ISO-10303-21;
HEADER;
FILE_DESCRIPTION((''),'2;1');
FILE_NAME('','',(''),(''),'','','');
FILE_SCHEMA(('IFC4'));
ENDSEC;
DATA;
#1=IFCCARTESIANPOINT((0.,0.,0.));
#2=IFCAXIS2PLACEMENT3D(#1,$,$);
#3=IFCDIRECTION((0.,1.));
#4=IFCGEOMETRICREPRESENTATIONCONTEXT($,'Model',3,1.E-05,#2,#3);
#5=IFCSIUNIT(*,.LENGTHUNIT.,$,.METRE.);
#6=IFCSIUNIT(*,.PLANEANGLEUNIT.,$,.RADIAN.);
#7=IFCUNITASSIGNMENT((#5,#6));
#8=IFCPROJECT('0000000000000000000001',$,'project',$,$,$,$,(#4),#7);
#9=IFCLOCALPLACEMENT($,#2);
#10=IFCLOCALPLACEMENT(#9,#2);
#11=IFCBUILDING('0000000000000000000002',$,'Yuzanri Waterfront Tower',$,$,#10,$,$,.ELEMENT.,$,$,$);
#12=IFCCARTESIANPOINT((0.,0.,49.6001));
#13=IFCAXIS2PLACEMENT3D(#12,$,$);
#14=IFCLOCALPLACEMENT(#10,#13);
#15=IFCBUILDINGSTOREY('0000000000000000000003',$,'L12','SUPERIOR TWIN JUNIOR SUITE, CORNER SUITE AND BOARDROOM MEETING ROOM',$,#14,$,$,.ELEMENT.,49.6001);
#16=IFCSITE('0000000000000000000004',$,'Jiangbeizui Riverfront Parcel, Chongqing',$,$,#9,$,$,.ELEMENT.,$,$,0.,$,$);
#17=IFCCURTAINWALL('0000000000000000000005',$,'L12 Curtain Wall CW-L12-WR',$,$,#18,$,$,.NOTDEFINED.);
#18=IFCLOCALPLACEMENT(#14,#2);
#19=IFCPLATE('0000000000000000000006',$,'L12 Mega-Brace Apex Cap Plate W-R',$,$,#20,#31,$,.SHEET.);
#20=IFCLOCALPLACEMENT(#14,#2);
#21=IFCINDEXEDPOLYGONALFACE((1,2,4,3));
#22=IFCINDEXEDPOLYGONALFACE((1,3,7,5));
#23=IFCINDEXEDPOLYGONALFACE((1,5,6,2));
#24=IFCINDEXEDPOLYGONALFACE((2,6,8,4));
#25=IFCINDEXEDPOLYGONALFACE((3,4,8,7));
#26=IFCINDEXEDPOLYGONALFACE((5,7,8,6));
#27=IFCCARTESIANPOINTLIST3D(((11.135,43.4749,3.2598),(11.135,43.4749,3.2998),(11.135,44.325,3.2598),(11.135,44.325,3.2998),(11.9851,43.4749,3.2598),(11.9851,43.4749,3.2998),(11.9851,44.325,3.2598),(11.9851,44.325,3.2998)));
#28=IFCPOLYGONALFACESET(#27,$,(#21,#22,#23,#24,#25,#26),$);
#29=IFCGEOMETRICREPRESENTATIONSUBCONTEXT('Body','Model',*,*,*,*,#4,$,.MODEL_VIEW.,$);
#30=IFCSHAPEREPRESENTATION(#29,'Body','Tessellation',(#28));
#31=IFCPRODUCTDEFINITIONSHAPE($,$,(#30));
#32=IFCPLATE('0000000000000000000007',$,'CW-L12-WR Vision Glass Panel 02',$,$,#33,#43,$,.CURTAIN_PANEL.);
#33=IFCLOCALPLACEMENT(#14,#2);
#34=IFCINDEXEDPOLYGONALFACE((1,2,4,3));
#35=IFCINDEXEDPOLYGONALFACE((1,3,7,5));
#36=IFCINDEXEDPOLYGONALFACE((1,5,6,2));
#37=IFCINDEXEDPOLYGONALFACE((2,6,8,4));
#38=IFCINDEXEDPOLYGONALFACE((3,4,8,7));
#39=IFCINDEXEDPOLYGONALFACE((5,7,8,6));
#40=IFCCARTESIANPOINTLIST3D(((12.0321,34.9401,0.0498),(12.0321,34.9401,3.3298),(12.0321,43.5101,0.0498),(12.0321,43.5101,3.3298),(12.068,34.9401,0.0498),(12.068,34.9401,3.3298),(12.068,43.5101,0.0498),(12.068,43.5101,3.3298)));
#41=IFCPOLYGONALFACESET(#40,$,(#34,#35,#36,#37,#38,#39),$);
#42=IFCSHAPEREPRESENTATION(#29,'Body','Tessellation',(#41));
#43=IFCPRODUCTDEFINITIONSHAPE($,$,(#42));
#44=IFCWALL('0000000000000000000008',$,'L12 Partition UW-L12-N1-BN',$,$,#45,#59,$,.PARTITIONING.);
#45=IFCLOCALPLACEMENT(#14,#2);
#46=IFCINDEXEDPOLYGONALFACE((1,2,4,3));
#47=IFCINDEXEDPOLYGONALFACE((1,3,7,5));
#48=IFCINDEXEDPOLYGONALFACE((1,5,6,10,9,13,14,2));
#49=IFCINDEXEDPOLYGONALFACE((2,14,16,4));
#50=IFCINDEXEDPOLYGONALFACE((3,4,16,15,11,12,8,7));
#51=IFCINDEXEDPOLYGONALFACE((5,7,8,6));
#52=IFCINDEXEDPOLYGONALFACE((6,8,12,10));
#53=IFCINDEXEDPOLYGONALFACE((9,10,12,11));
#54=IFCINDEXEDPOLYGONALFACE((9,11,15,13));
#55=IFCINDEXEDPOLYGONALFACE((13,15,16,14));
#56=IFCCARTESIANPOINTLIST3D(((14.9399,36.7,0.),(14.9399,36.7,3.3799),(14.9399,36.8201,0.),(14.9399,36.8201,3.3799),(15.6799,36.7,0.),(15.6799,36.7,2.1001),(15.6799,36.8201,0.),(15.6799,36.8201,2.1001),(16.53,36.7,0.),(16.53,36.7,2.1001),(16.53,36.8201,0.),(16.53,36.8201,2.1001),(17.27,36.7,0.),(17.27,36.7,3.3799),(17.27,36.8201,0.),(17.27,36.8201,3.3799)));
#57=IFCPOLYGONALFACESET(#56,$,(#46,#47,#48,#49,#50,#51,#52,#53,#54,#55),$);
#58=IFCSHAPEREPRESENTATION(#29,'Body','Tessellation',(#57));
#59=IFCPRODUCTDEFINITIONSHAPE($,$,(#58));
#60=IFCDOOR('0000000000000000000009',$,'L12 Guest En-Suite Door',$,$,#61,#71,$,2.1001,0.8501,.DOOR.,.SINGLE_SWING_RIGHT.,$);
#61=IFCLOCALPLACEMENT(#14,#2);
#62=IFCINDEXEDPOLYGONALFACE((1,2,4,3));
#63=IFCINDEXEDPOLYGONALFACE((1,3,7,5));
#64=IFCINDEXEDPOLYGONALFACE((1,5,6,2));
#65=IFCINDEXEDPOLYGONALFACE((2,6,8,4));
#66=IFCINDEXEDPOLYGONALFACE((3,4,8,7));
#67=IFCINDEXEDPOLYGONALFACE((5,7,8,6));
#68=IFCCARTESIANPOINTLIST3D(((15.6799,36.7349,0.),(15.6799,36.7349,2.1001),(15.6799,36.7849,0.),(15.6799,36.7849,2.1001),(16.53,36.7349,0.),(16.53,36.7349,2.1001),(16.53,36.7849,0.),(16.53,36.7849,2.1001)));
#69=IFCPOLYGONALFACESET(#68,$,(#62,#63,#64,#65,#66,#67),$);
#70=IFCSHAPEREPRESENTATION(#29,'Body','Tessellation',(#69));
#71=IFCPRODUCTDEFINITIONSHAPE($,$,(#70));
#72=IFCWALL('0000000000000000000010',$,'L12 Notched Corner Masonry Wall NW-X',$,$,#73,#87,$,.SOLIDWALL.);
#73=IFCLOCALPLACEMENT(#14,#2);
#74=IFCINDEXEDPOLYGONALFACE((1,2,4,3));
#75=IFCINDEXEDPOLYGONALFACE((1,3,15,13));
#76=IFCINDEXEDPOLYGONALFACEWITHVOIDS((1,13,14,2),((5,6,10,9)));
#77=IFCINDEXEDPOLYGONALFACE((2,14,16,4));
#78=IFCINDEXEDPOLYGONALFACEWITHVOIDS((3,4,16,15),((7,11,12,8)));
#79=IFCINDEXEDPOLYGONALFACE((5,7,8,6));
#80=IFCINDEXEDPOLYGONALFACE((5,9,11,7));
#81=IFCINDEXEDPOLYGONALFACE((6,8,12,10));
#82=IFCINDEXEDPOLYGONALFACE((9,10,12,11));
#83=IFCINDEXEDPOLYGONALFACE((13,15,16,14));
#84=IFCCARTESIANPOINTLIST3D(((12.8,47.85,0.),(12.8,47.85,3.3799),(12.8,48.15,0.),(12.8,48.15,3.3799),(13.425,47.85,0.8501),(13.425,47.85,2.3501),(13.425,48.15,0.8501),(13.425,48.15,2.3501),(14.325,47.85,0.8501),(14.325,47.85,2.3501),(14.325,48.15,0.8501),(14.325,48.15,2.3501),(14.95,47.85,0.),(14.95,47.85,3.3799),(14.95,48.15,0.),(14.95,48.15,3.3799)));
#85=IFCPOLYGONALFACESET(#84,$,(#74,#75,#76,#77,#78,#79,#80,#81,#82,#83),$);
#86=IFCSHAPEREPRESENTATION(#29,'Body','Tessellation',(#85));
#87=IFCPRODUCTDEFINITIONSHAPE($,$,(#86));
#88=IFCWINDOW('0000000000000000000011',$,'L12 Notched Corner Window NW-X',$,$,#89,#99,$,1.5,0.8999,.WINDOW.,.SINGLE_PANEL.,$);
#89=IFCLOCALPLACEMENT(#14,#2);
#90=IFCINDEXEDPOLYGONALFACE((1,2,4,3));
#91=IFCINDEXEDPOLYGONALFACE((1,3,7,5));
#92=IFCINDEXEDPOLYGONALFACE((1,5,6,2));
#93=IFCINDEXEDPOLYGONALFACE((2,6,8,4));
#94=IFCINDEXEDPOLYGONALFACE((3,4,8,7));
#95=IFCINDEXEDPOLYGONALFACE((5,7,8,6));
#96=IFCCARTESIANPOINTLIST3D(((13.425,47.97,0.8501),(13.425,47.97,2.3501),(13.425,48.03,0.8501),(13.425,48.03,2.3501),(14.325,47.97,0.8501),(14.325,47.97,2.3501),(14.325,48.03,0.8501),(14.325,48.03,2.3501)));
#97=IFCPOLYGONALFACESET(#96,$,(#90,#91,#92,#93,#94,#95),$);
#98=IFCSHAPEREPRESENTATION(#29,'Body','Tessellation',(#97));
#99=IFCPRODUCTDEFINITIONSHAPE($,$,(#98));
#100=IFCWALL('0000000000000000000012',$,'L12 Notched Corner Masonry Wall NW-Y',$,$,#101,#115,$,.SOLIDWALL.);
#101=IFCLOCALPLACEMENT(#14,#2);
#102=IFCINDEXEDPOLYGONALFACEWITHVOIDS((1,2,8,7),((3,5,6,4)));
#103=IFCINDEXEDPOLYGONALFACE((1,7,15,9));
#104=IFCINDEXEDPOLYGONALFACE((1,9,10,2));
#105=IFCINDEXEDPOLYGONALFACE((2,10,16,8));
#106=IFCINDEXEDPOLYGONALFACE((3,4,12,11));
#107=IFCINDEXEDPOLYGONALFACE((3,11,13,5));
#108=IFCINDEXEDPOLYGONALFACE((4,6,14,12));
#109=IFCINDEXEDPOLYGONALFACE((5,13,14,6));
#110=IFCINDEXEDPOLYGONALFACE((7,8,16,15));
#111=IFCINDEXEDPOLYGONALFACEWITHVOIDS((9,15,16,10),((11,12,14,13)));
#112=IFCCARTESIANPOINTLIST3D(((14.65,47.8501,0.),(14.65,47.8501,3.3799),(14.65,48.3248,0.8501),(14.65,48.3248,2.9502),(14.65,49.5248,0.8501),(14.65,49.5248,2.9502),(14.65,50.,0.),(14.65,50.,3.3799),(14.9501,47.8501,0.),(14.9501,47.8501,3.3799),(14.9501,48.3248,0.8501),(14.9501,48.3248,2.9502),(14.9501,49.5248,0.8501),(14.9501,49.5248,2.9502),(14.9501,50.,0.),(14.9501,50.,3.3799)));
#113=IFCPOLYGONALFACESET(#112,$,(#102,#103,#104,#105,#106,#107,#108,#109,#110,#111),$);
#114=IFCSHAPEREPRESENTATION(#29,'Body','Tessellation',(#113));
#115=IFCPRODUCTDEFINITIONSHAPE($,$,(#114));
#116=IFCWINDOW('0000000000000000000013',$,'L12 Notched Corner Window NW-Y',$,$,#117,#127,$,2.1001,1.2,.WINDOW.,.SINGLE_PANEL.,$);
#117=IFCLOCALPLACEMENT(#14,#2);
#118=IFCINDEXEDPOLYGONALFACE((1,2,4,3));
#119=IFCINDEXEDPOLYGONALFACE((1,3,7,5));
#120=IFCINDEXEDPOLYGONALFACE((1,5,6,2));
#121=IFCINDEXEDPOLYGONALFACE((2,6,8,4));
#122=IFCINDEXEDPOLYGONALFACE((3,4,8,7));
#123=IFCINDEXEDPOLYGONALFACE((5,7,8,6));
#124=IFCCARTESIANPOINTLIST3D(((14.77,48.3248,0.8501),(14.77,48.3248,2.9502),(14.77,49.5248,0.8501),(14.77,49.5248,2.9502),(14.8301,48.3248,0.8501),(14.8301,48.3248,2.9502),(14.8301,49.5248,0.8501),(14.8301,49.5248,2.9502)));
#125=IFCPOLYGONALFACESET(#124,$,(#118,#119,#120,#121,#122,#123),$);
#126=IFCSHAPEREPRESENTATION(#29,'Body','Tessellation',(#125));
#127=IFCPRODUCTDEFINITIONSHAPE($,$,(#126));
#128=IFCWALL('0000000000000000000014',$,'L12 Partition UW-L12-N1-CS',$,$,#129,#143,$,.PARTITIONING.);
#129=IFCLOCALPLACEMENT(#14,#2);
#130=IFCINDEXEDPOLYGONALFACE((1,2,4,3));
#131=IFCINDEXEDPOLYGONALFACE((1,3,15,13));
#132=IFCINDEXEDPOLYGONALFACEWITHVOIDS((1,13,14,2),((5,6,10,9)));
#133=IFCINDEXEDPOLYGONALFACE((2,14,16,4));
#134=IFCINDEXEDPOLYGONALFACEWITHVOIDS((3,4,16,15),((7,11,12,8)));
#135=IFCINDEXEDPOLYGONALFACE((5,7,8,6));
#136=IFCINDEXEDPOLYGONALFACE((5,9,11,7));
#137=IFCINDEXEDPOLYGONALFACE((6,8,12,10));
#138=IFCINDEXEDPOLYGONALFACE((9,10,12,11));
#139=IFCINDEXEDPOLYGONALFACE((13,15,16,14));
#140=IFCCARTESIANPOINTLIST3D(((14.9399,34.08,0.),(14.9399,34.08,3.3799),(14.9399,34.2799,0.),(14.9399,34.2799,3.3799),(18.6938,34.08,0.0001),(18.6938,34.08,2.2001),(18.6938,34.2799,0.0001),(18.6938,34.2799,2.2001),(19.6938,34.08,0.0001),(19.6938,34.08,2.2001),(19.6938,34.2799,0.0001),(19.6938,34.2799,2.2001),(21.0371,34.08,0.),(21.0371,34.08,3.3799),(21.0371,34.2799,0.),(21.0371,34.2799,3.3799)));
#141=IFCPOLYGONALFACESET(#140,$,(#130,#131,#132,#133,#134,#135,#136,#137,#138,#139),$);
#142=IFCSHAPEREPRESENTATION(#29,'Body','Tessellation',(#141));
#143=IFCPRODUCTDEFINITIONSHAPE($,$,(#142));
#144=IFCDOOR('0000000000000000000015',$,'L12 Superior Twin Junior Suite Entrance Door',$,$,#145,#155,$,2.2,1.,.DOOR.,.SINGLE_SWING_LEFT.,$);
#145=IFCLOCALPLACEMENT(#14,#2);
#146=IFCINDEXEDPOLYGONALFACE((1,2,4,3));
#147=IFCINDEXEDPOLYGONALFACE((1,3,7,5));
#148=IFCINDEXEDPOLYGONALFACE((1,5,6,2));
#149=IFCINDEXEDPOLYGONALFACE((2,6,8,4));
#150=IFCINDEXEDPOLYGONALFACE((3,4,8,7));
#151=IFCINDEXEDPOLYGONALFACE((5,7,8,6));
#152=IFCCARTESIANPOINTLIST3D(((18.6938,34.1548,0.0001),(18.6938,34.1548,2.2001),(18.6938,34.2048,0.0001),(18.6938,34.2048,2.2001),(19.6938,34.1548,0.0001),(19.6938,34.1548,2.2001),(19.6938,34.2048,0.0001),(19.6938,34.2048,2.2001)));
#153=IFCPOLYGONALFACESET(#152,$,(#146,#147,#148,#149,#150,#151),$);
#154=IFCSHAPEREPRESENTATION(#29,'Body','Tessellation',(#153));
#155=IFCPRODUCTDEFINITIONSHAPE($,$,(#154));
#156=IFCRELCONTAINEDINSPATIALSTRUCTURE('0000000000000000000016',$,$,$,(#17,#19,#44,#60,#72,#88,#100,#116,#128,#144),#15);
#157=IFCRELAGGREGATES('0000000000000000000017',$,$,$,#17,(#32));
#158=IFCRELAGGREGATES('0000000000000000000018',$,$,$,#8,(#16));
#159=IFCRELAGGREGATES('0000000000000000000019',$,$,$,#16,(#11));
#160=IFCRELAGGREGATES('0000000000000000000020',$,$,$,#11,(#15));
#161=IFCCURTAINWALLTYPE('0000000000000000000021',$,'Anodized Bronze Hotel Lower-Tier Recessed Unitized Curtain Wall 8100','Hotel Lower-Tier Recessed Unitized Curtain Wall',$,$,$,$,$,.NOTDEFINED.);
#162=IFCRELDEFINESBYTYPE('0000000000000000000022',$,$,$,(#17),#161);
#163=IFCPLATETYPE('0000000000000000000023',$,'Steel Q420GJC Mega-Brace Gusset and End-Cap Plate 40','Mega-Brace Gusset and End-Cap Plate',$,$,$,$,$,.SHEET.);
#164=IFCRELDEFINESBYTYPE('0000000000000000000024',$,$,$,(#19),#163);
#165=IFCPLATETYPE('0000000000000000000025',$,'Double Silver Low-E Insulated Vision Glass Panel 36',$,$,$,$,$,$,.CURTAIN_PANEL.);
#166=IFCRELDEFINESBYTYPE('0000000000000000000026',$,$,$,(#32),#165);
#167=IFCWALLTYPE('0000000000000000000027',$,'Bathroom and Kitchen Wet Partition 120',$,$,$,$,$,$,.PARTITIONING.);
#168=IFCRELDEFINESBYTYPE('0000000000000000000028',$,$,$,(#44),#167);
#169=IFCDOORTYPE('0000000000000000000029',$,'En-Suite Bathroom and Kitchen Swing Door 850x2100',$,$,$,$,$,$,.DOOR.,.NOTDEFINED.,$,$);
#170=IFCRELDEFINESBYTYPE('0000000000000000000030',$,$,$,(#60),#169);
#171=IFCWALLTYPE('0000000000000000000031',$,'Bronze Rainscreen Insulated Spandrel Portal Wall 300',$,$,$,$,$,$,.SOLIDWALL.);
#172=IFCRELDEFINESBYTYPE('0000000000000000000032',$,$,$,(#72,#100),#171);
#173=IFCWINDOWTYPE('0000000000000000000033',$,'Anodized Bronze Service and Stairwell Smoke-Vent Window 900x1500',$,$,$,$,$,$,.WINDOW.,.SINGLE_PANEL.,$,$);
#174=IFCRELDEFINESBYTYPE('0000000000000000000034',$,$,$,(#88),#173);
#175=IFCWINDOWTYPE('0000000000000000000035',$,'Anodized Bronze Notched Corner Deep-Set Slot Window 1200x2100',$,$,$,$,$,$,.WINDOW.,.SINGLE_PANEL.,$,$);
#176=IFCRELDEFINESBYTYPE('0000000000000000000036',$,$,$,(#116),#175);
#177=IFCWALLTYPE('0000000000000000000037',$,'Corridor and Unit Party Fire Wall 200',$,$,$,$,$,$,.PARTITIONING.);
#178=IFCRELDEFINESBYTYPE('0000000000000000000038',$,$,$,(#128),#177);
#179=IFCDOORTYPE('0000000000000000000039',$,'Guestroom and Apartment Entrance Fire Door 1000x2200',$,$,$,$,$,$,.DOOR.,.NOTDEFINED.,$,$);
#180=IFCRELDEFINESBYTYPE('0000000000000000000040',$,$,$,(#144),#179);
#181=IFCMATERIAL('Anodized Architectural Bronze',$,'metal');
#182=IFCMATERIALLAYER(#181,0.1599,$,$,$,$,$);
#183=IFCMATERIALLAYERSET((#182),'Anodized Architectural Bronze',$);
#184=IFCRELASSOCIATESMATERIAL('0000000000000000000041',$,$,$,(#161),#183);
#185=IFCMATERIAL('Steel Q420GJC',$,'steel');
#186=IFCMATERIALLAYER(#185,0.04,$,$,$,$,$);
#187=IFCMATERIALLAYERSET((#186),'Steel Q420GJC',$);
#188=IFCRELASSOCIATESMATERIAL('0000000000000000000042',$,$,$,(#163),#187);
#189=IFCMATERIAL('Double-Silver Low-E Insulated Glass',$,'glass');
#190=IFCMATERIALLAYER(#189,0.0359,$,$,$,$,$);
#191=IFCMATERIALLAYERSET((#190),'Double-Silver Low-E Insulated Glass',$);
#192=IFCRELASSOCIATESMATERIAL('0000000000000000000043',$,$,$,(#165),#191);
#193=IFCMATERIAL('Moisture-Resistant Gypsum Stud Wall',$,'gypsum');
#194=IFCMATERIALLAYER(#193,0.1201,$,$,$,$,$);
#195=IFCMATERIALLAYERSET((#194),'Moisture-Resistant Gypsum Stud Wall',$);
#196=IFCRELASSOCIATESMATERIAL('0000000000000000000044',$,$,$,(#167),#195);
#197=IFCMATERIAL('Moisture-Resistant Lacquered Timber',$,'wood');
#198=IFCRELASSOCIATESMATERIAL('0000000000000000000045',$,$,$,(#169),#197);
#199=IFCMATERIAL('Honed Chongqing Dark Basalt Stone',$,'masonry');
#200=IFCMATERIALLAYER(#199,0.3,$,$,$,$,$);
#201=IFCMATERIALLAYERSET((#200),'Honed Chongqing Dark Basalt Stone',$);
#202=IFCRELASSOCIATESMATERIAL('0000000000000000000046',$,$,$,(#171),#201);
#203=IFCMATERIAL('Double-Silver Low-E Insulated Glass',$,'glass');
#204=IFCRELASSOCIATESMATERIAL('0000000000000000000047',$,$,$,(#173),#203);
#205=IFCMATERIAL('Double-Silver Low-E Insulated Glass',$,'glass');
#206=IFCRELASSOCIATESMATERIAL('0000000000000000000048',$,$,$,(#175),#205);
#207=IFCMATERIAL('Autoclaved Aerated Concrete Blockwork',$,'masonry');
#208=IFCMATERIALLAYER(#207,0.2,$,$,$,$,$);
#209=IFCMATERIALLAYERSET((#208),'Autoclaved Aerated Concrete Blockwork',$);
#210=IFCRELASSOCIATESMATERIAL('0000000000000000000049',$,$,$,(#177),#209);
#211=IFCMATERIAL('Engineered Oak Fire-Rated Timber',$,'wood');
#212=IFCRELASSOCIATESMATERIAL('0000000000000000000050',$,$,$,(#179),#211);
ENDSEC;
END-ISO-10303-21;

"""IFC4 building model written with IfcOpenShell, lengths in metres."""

from ifc_helpers import new_model, si_unit, direction, frame, frame_2d, origin, origin_2d, place, context, subcontext, project, spatial, rectangle, extrude, source, transform, mapped, material, layer, layer_set, type_object, element, fill, aggregate, save


model = new_model("IFC4")

# Units and contexts
model_context = context("Model", 3, precision=1e-05, world=origin(), true_north=direction((0.0, 1.0)))
body_context = subcontext(model_context, "Body", "Model", "MODEL_VIEW")
ifc_project = project(units=[si_unit("LENGTHUNIT", "METRE"), si_unit("PLANEANGLEUNIT", "RADIAN")], contexts=[model_context])

# Site, building, storey
site_placement = place(None, origin())
site = spatial("IfcSite", under=ifc_project, at=site_placement, Name="Jiangbeizui Riverfront Parcel, Chongqing", CompositionType="ELEMENT", RefElevation=0.0)
building_placement = place(site_placement, origin())
building = spatial("IfcBuilding", under=site, at=building_placement, Name="Yuzanri Waterfront Tower", CompositionType="ELEMENT")
storey_placement = place(building_placement, frame((0.0, 0.0, 49.6001)))
storey = spatial("IfcBuildingStorey", under=building, at=storey_placement, Name="L12", Description="SUPERIOR TWIN JUNIOR SUITE, CORNER SUITE AND BOARDROOM MEETING ROOM", CompositionType="ELEMENT", Elevation=49.6001)

# Curtain wall
ifc_material_1 = material(Name="Anodized Architectural Bronze", Category="metal")
ifc_layer_1 = layer(ifc_material_1, 0.1599)
ifc_layer_set_1 = layer_set([ifc_layer_1], Name="Anodized Architectural Bronze")
curtain_wall_type = type_object("IfcCurtainWallType", Name="Anodized Bronze Hotel Lower-Tier Recessed Unitized Curtain Wall 8100", Description="Hotel Lower-Tier Recessed Unitized Curtain Wall", PredefinedType="NOTDEFINED", material=ifc_layer_set_1)
curtain_wall_1_placement = place(storey_placement, origin())
curtain_wall_1 = element("IfcCurtainWall", 1, at=curtain_wall_1_placement, inside=storey, type_object=curtain_wall_type, Name="L12 Curtain Wall CW-L12-WR", PredefinedType="NOTDEFINED")

# Plate
ifc_material_2 = material(Name="Steel Q420GJC", Category="steel")
ifc_layer_2 = layer(ifc_material_2, 0.04)
ifc_layer_set_2 = layer_set([ifc_layer_2], Name="Steel Q420GJC")
plate_type_1 = type_object("IfcPlateType", Name="Steel Q420GJC Mega-Brace Gusset and End-Cap Plate 40", Description="Mega-Brace Gusset and End-Cap Plate", PredefinedType="SHEET", material=ifc_layer_set_2)
shared_shape_1 = source(origin(), body_context, "Body", "SweptSolid", [
    extrude(rectangle(XDim=0.8501, YDim=0.8501, at=origin_2d()), origin(), (0.0, 0.0, 1.0), 0.04),
])
for number, where, z_axis, x_axis, name in (
    (2, (11.5601, 43.8999, 3.2598), (0.0, 0.0, 1.0), (1.0, 0.0, 0.0), "L12 Mega-Brace Apex Cap Plate W-R"),
):
    element("IfcPlate", number, at=place(storey_placement, frame(where, z_axis=z_axis, x_axis=x_axis)), inside=storey, type_object=plate_type_1, Name=name, PredefinedType="SHEET", context=body_context, shape_type="MappedRepresentation", body=[
        mapped(shared_shape_1, transform((0.0, 0.0, 0.0), scale=1.0)),
    ])

# Plate
ifc_material_3 = material(Name="Double-Silver Low-E Insulated Glass", Category="glass")
ifc_layer_3 = layer(ifc_material_3, 0.0359)
ifc_layer_set_3 = layer_set([ifc_layer_3], Name="Double-Silver Low-E Insulated Glass")
plate_type_2 = type_object("IfcPlateType", Name="Double Silver Low-E Insulated Vision Glass Panel 36", PredefinedType="CURTAIN_PANEL", material=ifc_layer_set_3)
shared_shape_2 = source(origin(), body_context, "Body", "SweptSolid", [
    extrude(rectangle(XDim=8.5701, YDim=0.0359, at=origin_2d()), origin(), (0.0, 0.0, 1.0), 3.28),
])
plate_placement = place(storey_placement, frame((12.05, 39.2251, 0.0498), z_axis=(0.0, 0.0, 1.0), x_axis=(0.0, 1.0, 0.0)))
plate = element("IfcPlate", 3, at=plate_placement, type_object=plate_type_2, Name="CW-L12-WR Vision Glass Panel 02", PredefinedType="CURTAIN_PANEL", context=body_context, shape_type="MappedRepresentation", body=[
    mapped(shared_shape_2, transform((0.0, 0.0, 0.0), scale=1.0)),
])
aggregate(curtain_wall_1, [plate])

# Wall, opening, door
ifc_material_4 = material(Name="Moisture-Resistant Gypsum Stud Wall", Category="gypsum")
ifc_layer_4 = layer(ifc_material_4, 0.1201)
ifc_layer_set_4 = layer_set([ifc_layer_4], Name="Moisture-Resistant Gypsum Stud Wall")
wall_type_1 = type_object("IfcWallType", Name="Bathroom and Kitchen Wet Partition 120", PredefinedType="PARTITIONING", material=ifc_layer_set_4)
wall_1_placement = place(storey_placement, frame((14.9399, 36.76, 0.0), z_axis=(0.0, 0.0, 1.0), x_axis=(1.0, 0.0, 0.0)))
wall_1 = element("IfcWall", 4, at=wall_1_placement, inside=storey, type_object=wall_type_1, Name="L12 Partition UW-L12-N1-BN", PredefinedType="PARTITIONING", context=body_context, shape_type="SweptSolid", body=[
    extrude(rectangle(XDim=2.3301, YDim=0.1201, at=frame_2d((1.165, 0.0))), origin(), (0.0, 0.0, 1.0), 3.3799),
])
opening_1_placement = place(wall_1_placement, frame((0.74, 0.0, 0.0)))
opening_1 = element("IfcOpeningElement", 5, at=opening_1_placement, cuts=wall_1, PredefinedType="OPENING", context=body_context, shape_type="SweptSolid", body=[
    extrude(rectangle(XDim=0.8501, YDim=2.1001, at=frame_2d((0.425, 1.05))), frame((0.0, 0.075, 0.0), z_axis=(0.0, -1.0, 0.0), x_axis=(1.0, 0.0, 0.0)), (0.0, 0.0, 1.0), 0.1499),
])
ifc_material_5 = material(Name="Moisture-Resistant Lacquered Timber", Category="wood")
door_type_1 = type_object("IfcDoorType", Name="En-Suite Bathroom and Kitchen Swing Door 850x2100", OperationType="NOTDEFINED", PredefinedType="DOOR", material=ifc_material_5)
shared_shape_3 = source(origin(), body_context, "Body", "SweptSolid", [
    extrude(rectangle(XDim=0.8501, YDim=2.1001, at=frame_2d((0.425, 1.05))), frame((0.0, 0.0249, 0.0), z_axis=(0.0, -1.0, 0.0), x_axis=(1.0, 0.0, 0.0)), (0.0, 0.0, 1.0), 0.05),
])
door_1_placement = place(opening_1_placement, origin())
door_1 = element("IfcDoor", 6, at=door_1_placement, inside=storey, type_object=door_type_1, Name="L12 Guest En-Suite Door", OperationType="SINGLE_SWING_RIGHT", OverallHeight=2.1001, OverallWidth=0.8501, PredefinedType="DOOR", context=body_context, shape_type="MappedRepresentation", body=[
    mapped(shared_shape_3, transform((0.0, 0.0, 0.0), scale=1.0)),
])
fill(opening_1, door_1)

# Walls, openings, windows
ifc_material_6 = material(Name="Honed Chongqing Dark Basalt Stone", Category="masonry")
ifc_layer_5 = layer(ifc_material_6, 0.3)
ifc_layer_set_5 = layer_set([ifc_layer_5], Name="Honed Chongqing Dark Basalt Stone")
wall_type_2 = type_object("IfcWallType", Name="Bronze Rainscreen Insulated Spandrel Portal Wall 300", PredefinedType="SOLIDWALL", material=ifc_layer_set_5)
wall_2_placement = place(storey_placement, frame((14.95, 48.0, 0.0), z_axis=(0.0, 0.0, 1.0), x_axis=(-1.0, 0.0, 0.0)))
wall_2 = element("IfcWall", 7, at=wall_2_placement, inside=storey, type_object=wall_type_2, Name="L12 Notched Corner Masonry Wall NW-X", PredefinedType="SOLIDWALL", context=body_context, shape_type="SweptSolid", body=[
    extrude(rectangle(XDim=2.1499, YDim=0.3, at=frame_2d((1.075, 0.0))), origin(), (0.0, 0.0, 1.0), 3.3799),
])
opening_2_placement = place(wall_2_placement, frame((0.625, 0.0, 0.8501)))
opening_2 = element("IfcOpeningElement", 8, at=opening_2_placement, cuts=wall_2, PredefinedType="OPENING", context=body_context, shape_type="SweptSolid", body=[
    extrude(rectangle(XDim=0.8999, YDim=1.5, at=frame_2d((0.45, 0.75))), frame((0.0, 0.165, 0.0), z_axis=(0.0, -1.0, 0.0), x_axis=(1.0, 0.0, 0.0)), (0.0, 0.0, 1.0), 0.3298),
])
ifc_material_7 = material(Name="Double-Silver Low-E Insulated Glass", Category="glass")
window_type_1 = type_object("IfcWindowType", Name="Anodized Bronze Service and Stairwell Smoke-Vent Window 900x1500", PartitioningType="SINGLE_PANEL", PredefinedType="WINDOW", material=ifc_material_7)
shared_shape_4 = source(origin(), body_context, "Body", "SweptSolid", [
    extrude(rectangle(XDim=0.8999, YDim=1.5, at=frame_2d((0.45, 0.75))), frame((0.0, 0.03, 0.0), z_axis=(0.0, -1.0, 0.0), x_axis=(1.0, 0.0, 0.0)), (0.0, 0.0, 1.0), 0.0601),
])
window_1_placement = place(opening_2_placement, origin())
window_1 = element("IfcWindow", 9, at=window_1_placement, inside=storey, type_object=window_type_1, Name="L12 Notched Corner Window NW-X", OverallHeight=1.5, OverallWidth=0.8999, PartitioningType="SINGLE_PANEL", PredefinedType="WINDOW", context=body_context, shape_type="MappedRepresentation", body=[
    mapped(shared_shape_4, transform((0.0, 0.0, 0.0), scale=1.0)),
])
fill(opening_2, window_1)
wall_3_placement = place(storey_placement, frame((14.8, 50.0, 0.0), z_axis=(0.0, 0.0, 1.0), x_axis=(0.0, -1.0, 0.0)))
wall_3 = element("IfcWall", 10, at=wall_3_placement, inside=storey, type_object=wall_type_2, Name="L12 Notched Corner Masonry Wall NW-Y", PredefinedType="SOLIDWALL", context=body_context, shape_type="SweptSolid", body=[
    extrude(rectangle(XDim=2.1499, YDim=0.3, at=frame_2d((1.075, 0.0))), origin(), (0.0, 0.0, 1.0), 3.3799),
])
opening_3_placement = place(wall_3_placement, frame((0.4751, 0.0, 0.8501)))
opening_3 = element("IfcOpeningElement", 11, at=opening_3_placement, cuts=wall_3, PredefinedType="OPENING", context=body_context, shape_type="SweptSolid", body=[
    extrude(rectangle(XDim=1.2, YDim=2.1001, at=frame_2d((0.6001, 1.05))), frame((0.0, 0.165, 0.0), z_axis=(0.0, -1.0, 0.0), x_axis=(1.0, 0.0, 0.0)), (0.0, 0.0, 1.0), 0.3298),
])
ifc_material_8 = material(Name="Double-Silver Low-E Insulated Glass", Category="glass")
window_type_2 = type_object("IfcWindowType", Name="Anodized Bronze Notched Corner Deep-Set Slot Window 1200x2100", PartitioningType="SINGLE_PANEL", PredefinedType="WINDOW", material=ifc_material_8)
shared_shape_5 = source(origin(), body_context, "Body", "SweptSolid", [
    extrude(rectangle(XDim=1.2, YDim=2.1001, at=frame_2d((0.6001, 1.05))), frame((0.0, 0.03, 0.0), z_axis=(0.0, -1.0, 0.0), x_axis=(1.0, 0.0, 0.0)), (0.0, 0.0, 1.0), 0.0601),
])
window_2_placement = place(opening_3_placement, origin())
window_2 = element("IfcWindow", 12, at=window_2_placement, inside=storey, type_object=window_type_2, Name="L12 Notched Corner Window NW-Y", OverallHeight=2.1001, OverallWidth=1.2, PartitioningType="SINGLE_PANEL", PredefinedType="WINDOW", context=body_context, shape_type="MappedRepresentation", body=[
    mapped(shared_shape_5, transform((0.0, 0.0, 0.0), scale=1.0)),
])
fill(opening_3, window_2)

# Wall, opening, door
ifc_material_9 = material(Name="Autoclaved Aerated Concrete Blockwork", Category="masonry")
ifc_layer_6 = layer(ifc_material_9, 0.2)
ifc_layer_set_6 = layer_set([ifc_layer_6], Name="Autoclaved Aerated Concrete Blockwork")
wall_type_3 = type_object("IfcWallType", Name="Corridor and Unit Party Fire Wall 200", PredefinedType="PARTITIONING", material=ifc_layer_set_6)
wall_4_placement = place(storey_placement, frame((14.9399, 34.1799, 0.0), z_axis=(0.0, 0.0, 1.0), x_axis=(1.0, 0.0, 0.0)))
wall_4 = element("IfcWall", 13, at=wall_4_placement, inside=storey, type_object=wall_type_3, Name="L12 Partition UW-L12-N1-CS", PredefinedType="PARTITIONING", context=body_context, shape_type="SweptSolid", body=[
    extrude(rectangle(XDim=6.0972, YDim=0.2, at=frame_2d((3.0486, 0.0))), origin(), (0.0, 0.0, 1.0), 3.3799),
])
opening_4_placement = place(wall_4_placement, frame((3.7539, 0.0, 0.0)))
opening_4 = element("IfcOpeningElement", 14, at=opening_4_placement, cuts=wall_4, PredefinedType="OPENING", context=body_context, shape_type="SweptSolid", body=[
    extrude(rectangle(XDim=1.0, YDim=2.2, at=frame_2d((0.5, 1.1001))), frame((0.0, 0.1147, 0.0), z_axis=(0.0, -1.0, 0.0), x_axis=(1.0, 0.0, 0.0)), (0.0, 0.0, 1.0), 0.2297),
])
ifc_material_10 = material(Name="Engineered Oak Fire-Rated Timber", Category="wood")
door_type_2 = type_object("IfcDoorType", Name="Guestroom and Apartment Entrance Fire Door 1000x2200", OperationType="NOTDEFINED", PredefinedType="DOOR", material=ifc_material_10)
shared_shape_6 = source(origin(), body_context, "Body", "SweptSolid", [
    extrude(rectangle(XDim=1.0, YDim=2.2, at=frame_2d((0.5, 1.1001))), frame((0.0, 0.0249, 0.0), z_axis=(0.0, -1.0, 0.0), x_axis=(1.0, 0.0, 0.0)), (0.0, 0.0, 1.0), 0.05),
])
door_2_placement = place(opening_4_placement, origin())
door_2 = element("IfcDoor", 15, at=door_2_placement, inside=storey, type_object=door_type_2, Name="L12 Superior Twin Junior Suite Entrance Door", OperationType="SINGLE_SWING_LEFT", OverallHeight=2.2, OverallWidth=1.0, PredefinedType="DOOR", context=body_context, shape_type="MappedRepresentation", body=[
    mapped(shared_shape_6, transform((0.0, 0.0, 0.0), scale=1.0)),
])
fill(opening_4, door_2)

save(model, "model.ifc")
